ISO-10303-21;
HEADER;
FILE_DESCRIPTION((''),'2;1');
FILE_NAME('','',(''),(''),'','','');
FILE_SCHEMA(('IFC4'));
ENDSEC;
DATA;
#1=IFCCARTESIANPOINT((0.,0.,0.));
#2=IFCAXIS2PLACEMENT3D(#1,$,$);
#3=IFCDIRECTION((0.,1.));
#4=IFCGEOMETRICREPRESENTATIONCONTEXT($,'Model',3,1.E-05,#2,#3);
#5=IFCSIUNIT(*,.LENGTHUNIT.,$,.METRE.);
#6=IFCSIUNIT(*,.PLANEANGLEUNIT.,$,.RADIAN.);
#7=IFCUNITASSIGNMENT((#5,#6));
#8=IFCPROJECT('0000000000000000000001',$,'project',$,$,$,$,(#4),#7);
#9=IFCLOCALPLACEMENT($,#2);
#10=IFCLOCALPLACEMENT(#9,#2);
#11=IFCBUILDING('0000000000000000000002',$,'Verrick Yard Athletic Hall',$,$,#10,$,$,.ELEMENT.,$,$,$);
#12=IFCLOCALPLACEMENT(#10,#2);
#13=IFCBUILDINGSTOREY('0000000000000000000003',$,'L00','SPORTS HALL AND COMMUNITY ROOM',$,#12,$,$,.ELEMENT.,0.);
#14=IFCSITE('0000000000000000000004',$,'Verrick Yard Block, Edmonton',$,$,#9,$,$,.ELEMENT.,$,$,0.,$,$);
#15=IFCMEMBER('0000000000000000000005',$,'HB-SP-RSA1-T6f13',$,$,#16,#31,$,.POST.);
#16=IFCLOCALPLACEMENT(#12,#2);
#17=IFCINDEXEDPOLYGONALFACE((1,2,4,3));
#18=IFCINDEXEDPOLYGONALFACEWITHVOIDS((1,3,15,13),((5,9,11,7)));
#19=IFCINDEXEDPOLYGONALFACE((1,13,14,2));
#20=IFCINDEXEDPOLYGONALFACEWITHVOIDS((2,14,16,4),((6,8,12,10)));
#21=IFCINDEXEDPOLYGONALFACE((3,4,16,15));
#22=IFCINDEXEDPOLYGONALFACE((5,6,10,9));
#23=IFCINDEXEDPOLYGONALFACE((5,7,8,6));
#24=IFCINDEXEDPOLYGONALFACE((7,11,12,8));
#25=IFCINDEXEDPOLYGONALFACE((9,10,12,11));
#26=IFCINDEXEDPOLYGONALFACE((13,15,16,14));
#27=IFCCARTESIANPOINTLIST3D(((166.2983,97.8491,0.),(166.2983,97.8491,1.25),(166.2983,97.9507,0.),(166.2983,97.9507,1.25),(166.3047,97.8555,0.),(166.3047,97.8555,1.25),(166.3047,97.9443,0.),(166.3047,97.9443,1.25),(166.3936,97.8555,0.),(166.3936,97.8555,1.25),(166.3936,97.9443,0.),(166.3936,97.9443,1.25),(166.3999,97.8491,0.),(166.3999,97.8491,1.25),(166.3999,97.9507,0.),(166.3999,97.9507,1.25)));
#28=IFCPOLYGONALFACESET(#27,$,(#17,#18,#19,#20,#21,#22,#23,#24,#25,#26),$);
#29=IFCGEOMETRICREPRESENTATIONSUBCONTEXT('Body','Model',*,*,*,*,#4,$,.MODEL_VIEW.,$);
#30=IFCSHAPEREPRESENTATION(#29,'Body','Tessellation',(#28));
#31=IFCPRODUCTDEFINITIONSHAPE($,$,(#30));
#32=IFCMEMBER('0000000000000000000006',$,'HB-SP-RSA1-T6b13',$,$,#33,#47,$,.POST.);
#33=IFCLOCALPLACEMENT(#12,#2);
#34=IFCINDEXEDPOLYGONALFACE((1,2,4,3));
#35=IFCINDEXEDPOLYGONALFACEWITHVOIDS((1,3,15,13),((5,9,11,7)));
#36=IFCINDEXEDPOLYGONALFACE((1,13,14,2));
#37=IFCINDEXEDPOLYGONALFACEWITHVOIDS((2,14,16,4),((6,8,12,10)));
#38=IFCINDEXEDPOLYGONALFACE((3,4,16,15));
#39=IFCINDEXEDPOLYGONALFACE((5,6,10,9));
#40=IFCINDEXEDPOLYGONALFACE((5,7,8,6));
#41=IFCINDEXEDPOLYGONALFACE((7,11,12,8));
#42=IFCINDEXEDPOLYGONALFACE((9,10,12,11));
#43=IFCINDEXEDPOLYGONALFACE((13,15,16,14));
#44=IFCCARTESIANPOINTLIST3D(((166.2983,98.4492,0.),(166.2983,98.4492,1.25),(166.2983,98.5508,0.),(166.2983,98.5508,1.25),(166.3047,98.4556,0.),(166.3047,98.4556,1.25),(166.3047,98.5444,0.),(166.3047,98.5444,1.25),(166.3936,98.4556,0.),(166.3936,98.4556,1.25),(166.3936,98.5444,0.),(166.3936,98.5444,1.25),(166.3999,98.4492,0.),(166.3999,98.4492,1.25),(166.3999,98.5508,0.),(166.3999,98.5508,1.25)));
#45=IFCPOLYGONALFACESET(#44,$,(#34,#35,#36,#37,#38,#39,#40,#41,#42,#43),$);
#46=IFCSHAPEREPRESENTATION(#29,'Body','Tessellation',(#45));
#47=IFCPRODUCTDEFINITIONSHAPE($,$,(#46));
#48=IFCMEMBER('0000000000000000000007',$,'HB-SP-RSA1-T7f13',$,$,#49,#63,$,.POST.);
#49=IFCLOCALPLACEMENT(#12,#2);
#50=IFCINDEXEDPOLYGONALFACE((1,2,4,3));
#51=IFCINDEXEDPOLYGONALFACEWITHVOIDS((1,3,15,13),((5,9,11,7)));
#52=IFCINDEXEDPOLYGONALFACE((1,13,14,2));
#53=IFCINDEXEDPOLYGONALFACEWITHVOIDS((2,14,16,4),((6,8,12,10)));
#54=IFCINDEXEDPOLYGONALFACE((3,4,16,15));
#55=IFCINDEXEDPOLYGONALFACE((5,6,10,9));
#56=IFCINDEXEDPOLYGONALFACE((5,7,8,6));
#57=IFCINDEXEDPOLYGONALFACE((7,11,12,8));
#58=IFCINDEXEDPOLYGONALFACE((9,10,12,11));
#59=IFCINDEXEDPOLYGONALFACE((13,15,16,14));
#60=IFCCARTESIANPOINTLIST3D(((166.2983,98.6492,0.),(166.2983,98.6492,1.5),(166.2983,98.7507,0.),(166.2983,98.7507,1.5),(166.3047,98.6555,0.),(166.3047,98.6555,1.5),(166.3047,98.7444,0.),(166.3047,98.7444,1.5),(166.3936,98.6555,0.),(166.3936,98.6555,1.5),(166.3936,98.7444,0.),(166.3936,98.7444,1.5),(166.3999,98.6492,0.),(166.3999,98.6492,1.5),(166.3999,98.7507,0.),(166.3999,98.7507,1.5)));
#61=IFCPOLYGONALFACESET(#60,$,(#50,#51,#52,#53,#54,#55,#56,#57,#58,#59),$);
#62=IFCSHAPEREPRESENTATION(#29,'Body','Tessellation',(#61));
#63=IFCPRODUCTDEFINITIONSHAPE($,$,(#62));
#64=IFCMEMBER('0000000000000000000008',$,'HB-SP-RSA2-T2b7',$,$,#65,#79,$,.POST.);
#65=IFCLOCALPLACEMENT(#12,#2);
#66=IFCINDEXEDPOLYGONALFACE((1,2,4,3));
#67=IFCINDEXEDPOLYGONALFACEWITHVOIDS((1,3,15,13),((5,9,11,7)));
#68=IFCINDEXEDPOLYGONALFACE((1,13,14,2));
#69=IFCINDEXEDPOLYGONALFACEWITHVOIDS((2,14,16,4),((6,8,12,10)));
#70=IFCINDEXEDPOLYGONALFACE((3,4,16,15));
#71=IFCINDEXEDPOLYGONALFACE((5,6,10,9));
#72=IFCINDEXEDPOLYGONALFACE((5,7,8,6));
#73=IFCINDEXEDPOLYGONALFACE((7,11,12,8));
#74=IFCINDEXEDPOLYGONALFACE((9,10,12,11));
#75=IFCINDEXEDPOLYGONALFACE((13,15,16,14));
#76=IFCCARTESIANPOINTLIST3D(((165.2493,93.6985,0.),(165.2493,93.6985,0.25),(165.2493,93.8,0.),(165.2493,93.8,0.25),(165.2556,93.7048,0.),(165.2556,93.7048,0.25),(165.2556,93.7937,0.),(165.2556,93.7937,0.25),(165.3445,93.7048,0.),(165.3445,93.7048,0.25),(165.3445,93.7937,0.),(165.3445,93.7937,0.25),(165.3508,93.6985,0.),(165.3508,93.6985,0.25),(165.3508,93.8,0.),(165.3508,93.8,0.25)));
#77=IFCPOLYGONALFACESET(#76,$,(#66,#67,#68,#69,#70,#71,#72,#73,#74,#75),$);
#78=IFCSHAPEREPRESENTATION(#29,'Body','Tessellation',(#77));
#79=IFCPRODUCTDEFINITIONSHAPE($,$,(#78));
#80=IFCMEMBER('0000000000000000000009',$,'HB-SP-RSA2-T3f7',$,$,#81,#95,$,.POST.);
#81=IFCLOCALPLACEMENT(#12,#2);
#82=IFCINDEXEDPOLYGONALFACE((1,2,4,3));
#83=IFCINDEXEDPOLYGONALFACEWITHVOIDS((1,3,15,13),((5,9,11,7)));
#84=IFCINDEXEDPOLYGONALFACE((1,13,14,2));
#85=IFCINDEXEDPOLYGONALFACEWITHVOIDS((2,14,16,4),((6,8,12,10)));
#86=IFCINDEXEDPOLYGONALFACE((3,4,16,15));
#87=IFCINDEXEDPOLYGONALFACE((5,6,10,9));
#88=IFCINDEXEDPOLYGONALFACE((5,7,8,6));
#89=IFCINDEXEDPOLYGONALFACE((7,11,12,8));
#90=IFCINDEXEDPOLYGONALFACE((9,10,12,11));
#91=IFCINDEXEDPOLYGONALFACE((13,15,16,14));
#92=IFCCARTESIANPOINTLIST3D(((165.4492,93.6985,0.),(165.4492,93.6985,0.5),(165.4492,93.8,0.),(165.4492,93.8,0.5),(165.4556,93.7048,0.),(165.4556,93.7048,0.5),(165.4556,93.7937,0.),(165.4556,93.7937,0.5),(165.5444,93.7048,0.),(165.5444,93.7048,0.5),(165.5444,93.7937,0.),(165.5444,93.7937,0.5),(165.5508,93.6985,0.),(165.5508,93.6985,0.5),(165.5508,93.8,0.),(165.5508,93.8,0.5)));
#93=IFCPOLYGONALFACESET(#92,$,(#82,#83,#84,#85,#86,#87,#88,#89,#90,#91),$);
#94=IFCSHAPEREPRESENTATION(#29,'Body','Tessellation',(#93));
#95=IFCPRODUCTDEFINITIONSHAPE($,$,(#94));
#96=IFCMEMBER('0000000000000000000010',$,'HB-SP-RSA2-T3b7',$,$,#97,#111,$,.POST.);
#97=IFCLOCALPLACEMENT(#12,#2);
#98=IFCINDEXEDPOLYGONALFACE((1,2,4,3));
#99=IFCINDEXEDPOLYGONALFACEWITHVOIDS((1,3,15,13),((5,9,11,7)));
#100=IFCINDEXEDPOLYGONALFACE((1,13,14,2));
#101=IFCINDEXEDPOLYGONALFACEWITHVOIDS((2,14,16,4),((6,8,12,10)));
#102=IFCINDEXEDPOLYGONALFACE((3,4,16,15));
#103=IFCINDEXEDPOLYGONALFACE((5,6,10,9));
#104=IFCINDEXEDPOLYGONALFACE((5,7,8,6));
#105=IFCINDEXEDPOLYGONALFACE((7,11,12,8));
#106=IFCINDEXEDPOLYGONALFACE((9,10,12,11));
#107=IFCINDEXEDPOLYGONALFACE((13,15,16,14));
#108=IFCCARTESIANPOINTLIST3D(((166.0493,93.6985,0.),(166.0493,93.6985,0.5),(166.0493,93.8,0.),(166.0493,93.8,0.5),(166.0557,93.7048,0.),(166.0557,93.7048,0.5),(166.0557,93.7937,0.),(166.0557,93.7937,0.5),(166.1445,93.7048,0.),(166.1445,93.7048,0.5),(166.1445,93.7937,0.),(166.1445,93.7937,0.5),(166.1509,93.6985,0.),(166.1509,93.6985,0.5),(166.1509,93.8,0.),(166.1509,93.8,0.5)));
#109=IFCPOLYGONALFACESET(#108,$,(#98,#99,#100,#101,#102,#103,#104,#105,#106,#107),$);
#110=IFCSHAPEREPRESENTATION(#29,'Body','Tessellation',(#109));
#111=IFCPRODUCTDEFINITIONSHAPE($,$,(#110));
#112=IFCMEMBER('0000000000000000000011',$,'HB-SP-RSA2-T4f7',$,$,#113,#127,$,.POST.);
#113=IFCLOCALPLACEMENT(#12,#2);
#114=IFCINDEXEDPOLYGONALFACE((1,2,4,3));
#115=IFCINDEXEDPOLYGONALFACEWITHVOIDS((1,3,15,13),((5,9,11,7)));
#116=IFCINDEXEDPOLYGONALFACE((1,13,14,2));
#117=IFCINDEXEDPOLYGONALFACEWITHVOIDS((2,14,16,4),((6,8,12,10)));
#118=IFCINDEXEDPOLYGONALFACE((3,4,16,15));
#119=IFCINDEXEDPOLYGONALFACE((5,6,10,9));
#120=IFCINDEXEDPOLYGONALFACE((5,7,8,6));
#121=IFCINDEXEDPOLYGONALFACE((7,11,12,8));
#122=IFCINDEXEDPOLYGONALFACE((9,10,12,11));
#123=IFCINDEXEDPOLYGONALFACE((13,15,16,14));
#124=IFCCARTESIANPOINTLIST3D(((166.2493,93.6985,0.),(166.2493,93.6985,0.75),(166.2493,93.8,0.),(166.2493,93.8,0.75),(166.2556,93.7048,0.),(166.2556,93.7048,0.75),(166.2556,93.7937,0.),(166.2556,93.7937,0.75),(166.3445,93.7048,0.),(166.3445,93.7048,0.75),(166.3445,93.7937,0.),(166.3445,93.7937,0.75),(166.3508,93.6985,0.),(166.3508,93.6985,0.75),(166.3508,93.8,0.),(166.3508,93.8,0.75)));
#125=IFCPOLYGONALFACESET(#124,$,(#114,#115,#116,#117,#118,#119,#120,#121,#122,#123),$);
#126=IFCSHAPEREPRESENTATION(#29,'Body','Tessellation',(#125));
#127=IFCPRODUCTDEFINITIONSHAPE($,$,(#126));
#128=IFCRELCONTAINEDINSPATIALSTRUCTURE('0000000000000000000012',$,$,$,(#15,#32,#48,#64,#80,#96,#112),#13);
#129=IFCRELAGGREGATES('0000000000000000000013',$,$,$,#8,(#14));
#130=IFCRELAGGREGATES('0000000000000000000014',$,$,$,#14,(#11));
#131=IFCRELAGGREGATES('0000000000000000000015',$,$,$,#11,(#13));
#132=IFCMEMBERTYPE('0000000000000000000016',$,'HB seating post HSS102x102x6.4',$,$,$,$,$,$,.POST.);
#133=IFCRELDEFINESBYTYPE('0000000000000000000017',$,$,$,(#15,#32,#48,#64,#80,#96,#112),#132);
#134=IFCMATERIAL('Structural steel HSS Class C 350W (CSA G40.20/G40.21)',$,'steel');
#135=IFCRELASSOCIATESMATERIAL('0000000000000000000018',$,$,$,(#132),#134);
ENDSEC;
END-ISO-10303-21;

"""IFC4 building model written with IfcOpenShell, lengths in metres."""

from ifc_helpers import new_model, si_unit, direction, frame, origin, origin_2d, place, context, subcontext, project, spatial, hollow_rectangle, extrude, material, material_profile, profile_set, type_object, element, save


model = new_model("IFC4")

# Units and contexts
model_context = context("Model", 3, precision=1e-05, world=origin(), true_north=direction((0.0, 1.0)))
body_context = subcontext(model_context, "Body", "Model", "MODEL_VIEW")
ifc_project = project(units=[si_unit("LENGTHUNIT", "METRE"), si_unit("PLANEANGLEUNIT", "RADIAN")], contexts=[model_context])

# Site, building, storey
site_placement = place(None, origin())
site = spatial("IfcSite", under=ifc_project, at=site_placement, Name="Verrick Yard Block, Edmonton", CompositionType="ELEMENT", RefElevation=0.0)
building_placement = place(site_placement, origin())
building = spatial("IfcBuilding", under=site, at=building_placement, Name="Verrick Yard Athletic Hall", CompositionType="ELEMENT")
storey_placement = place(building_placement, origin())
storey = spatial("IfcBuildingStorey", under=building, at=storey_placement, Name="L00", Description="SPORTS HALL AND COMMUNITY ROOM", CompositionType="ELEMENT", Elevation=0.0)

# Members
ifc_material = material(Name="Structural steel HSS Class C 350W (CSA G40.20/G40.21)", Category="steel")
ifc_material_profile_1 = material_profile(ifc_material, hollow_rectangle(XDim=0.1016, YDim=0.1016, WallThickness=0.0063, at=origin_2d()), Name="HSS102x102x6.4")
ifc_profile_set_1 = profile_set([ifc_material_profile_1], Name="Structural steel HSS Class C 350W (CSA G40.20/G40.21)")
member_type_1 = type_object("IfcMemberType", Name="HB seating post HSS102x102x6.4", PredefinedType="POST", material=ifc_profile_set_1)
for number, where, z_axis, x_axis, name in (
    (1, (166.3491, 97.8999, 0.0), (0.0, 0.0, 1.0), (0.0, 1.0, 0.0), "HB-SP-RSA1-T6f13"),
    (2, (166.3491, 98.5, 0.0), (0.0, 0.0, 1.0), (0.0, 1.0, 0.0), "HB-SP-RSA1-T6b13"),
):
    element("IfcMember", number, at=place(storey_placement, frame(where, z_axis=z_axis, x_axis=x_axis)), inside=storey, type_object=member_type_1, Name=name, PredefinedType="POST", context=body_context, shape_type="SweptSolid", body=[
        extrude(hollow_rectangle(XDim=0.1016, YDim=0.1016, WallThickness=0.0063, at=origin_2d()), origin(), (0.0, 0.0, 1.0), 1.25),
    ])
member_1_placement = place(storey_placement, frame((166.3491, 98.7, 0.0), z_axis=(0.0, 0.0, 1.0), x_axis=(0.0, 1.0, 0.0)))
element("IfcMember", 3, at=member_1_placement, inside=storey, type_object=member_type_1, Name="HB-SP-RSA1-T7f13", PredefinedType="POST", context=body_context, shape_type="SweptSolid", body=[
    extrude(hollow_rectangle(XDim=0.1016, YDim=0.1016, WallThickness=0.0063, at=origin_2d()), origin(), (0.0, 0.0, 1.0), 1.5),
])
member_2_placement = place(storey_placement, frame((165.3, 93.7493, 0.0), z_axis=(0.0, 0.0, 1.0), x_axis=(0.0, 1.0, 0.0)))
element("IfcMember", 4, at=member_2_placement, inside=storey, type_object=member_type_1, Name="HB-SP-RSA2-T2b7", PredefinedType="POST", context=body_context, shape_type="SweptSolid", body=[
    extrude(hollow_rectangle(XDim=0.1016, YDim=0.1016, WallThickness=0.0063, at=origin_2d()), origin(), (0.0, 0.0, 1.0), 0.25),
])
for number, where, z_axis, x_axis, name in (
    (5, (165.5, 93.7493, 0.0), (0.0, 0.0, 1.0), (0.0, 1.0, 0.0), "HB-SP-RSA2-T3f7"),
    (6, (166.1001, 93.7493, 0.0), (0.0, 0.0, 1.0), (0.0, 1.0, 0.0), "HB-SP-RSA2-T3b7"),
):
    element("IfcMember", number, at=place(storey_placement, frame(where, z_axis=z_axis, x_axis=x_axis)), inside=storey, type_object=member_type_1, Name=name, PredefinedType="POST", context=body_context, shape_type="SweptSolid", body=[
        extrude(hollow_rectangle(XDim=0.1016, YDim=0.1016, WallThickness=0.0063, at=origin_2d()), origin(), (0.0, 0.0, 1.0), 0.5),
    ])
member_3_placement = place(storey_placement, frame((166.3, 93.7493, 0.0), z_axis=(0.0, 0.0, 1.0), x_axis=(0.0, 1.0, 0.0)))
element("IfcMember", 7, at=member_3_placement, inside=storey, type_object=member_type_1, Name="HB-SP-RSA2-T4f7", PredefinedType="POST", context=body_context, shape_type="SweptSolid", body=[
    extrude(hollow_rectangle(XDim=0.1016, YDim=0.1016, WallThickness=0.0063, at=origin_2d()), origin(), (0.0, 0.0, 1.0), 0.75),
])

save(model, "model.ifc")
